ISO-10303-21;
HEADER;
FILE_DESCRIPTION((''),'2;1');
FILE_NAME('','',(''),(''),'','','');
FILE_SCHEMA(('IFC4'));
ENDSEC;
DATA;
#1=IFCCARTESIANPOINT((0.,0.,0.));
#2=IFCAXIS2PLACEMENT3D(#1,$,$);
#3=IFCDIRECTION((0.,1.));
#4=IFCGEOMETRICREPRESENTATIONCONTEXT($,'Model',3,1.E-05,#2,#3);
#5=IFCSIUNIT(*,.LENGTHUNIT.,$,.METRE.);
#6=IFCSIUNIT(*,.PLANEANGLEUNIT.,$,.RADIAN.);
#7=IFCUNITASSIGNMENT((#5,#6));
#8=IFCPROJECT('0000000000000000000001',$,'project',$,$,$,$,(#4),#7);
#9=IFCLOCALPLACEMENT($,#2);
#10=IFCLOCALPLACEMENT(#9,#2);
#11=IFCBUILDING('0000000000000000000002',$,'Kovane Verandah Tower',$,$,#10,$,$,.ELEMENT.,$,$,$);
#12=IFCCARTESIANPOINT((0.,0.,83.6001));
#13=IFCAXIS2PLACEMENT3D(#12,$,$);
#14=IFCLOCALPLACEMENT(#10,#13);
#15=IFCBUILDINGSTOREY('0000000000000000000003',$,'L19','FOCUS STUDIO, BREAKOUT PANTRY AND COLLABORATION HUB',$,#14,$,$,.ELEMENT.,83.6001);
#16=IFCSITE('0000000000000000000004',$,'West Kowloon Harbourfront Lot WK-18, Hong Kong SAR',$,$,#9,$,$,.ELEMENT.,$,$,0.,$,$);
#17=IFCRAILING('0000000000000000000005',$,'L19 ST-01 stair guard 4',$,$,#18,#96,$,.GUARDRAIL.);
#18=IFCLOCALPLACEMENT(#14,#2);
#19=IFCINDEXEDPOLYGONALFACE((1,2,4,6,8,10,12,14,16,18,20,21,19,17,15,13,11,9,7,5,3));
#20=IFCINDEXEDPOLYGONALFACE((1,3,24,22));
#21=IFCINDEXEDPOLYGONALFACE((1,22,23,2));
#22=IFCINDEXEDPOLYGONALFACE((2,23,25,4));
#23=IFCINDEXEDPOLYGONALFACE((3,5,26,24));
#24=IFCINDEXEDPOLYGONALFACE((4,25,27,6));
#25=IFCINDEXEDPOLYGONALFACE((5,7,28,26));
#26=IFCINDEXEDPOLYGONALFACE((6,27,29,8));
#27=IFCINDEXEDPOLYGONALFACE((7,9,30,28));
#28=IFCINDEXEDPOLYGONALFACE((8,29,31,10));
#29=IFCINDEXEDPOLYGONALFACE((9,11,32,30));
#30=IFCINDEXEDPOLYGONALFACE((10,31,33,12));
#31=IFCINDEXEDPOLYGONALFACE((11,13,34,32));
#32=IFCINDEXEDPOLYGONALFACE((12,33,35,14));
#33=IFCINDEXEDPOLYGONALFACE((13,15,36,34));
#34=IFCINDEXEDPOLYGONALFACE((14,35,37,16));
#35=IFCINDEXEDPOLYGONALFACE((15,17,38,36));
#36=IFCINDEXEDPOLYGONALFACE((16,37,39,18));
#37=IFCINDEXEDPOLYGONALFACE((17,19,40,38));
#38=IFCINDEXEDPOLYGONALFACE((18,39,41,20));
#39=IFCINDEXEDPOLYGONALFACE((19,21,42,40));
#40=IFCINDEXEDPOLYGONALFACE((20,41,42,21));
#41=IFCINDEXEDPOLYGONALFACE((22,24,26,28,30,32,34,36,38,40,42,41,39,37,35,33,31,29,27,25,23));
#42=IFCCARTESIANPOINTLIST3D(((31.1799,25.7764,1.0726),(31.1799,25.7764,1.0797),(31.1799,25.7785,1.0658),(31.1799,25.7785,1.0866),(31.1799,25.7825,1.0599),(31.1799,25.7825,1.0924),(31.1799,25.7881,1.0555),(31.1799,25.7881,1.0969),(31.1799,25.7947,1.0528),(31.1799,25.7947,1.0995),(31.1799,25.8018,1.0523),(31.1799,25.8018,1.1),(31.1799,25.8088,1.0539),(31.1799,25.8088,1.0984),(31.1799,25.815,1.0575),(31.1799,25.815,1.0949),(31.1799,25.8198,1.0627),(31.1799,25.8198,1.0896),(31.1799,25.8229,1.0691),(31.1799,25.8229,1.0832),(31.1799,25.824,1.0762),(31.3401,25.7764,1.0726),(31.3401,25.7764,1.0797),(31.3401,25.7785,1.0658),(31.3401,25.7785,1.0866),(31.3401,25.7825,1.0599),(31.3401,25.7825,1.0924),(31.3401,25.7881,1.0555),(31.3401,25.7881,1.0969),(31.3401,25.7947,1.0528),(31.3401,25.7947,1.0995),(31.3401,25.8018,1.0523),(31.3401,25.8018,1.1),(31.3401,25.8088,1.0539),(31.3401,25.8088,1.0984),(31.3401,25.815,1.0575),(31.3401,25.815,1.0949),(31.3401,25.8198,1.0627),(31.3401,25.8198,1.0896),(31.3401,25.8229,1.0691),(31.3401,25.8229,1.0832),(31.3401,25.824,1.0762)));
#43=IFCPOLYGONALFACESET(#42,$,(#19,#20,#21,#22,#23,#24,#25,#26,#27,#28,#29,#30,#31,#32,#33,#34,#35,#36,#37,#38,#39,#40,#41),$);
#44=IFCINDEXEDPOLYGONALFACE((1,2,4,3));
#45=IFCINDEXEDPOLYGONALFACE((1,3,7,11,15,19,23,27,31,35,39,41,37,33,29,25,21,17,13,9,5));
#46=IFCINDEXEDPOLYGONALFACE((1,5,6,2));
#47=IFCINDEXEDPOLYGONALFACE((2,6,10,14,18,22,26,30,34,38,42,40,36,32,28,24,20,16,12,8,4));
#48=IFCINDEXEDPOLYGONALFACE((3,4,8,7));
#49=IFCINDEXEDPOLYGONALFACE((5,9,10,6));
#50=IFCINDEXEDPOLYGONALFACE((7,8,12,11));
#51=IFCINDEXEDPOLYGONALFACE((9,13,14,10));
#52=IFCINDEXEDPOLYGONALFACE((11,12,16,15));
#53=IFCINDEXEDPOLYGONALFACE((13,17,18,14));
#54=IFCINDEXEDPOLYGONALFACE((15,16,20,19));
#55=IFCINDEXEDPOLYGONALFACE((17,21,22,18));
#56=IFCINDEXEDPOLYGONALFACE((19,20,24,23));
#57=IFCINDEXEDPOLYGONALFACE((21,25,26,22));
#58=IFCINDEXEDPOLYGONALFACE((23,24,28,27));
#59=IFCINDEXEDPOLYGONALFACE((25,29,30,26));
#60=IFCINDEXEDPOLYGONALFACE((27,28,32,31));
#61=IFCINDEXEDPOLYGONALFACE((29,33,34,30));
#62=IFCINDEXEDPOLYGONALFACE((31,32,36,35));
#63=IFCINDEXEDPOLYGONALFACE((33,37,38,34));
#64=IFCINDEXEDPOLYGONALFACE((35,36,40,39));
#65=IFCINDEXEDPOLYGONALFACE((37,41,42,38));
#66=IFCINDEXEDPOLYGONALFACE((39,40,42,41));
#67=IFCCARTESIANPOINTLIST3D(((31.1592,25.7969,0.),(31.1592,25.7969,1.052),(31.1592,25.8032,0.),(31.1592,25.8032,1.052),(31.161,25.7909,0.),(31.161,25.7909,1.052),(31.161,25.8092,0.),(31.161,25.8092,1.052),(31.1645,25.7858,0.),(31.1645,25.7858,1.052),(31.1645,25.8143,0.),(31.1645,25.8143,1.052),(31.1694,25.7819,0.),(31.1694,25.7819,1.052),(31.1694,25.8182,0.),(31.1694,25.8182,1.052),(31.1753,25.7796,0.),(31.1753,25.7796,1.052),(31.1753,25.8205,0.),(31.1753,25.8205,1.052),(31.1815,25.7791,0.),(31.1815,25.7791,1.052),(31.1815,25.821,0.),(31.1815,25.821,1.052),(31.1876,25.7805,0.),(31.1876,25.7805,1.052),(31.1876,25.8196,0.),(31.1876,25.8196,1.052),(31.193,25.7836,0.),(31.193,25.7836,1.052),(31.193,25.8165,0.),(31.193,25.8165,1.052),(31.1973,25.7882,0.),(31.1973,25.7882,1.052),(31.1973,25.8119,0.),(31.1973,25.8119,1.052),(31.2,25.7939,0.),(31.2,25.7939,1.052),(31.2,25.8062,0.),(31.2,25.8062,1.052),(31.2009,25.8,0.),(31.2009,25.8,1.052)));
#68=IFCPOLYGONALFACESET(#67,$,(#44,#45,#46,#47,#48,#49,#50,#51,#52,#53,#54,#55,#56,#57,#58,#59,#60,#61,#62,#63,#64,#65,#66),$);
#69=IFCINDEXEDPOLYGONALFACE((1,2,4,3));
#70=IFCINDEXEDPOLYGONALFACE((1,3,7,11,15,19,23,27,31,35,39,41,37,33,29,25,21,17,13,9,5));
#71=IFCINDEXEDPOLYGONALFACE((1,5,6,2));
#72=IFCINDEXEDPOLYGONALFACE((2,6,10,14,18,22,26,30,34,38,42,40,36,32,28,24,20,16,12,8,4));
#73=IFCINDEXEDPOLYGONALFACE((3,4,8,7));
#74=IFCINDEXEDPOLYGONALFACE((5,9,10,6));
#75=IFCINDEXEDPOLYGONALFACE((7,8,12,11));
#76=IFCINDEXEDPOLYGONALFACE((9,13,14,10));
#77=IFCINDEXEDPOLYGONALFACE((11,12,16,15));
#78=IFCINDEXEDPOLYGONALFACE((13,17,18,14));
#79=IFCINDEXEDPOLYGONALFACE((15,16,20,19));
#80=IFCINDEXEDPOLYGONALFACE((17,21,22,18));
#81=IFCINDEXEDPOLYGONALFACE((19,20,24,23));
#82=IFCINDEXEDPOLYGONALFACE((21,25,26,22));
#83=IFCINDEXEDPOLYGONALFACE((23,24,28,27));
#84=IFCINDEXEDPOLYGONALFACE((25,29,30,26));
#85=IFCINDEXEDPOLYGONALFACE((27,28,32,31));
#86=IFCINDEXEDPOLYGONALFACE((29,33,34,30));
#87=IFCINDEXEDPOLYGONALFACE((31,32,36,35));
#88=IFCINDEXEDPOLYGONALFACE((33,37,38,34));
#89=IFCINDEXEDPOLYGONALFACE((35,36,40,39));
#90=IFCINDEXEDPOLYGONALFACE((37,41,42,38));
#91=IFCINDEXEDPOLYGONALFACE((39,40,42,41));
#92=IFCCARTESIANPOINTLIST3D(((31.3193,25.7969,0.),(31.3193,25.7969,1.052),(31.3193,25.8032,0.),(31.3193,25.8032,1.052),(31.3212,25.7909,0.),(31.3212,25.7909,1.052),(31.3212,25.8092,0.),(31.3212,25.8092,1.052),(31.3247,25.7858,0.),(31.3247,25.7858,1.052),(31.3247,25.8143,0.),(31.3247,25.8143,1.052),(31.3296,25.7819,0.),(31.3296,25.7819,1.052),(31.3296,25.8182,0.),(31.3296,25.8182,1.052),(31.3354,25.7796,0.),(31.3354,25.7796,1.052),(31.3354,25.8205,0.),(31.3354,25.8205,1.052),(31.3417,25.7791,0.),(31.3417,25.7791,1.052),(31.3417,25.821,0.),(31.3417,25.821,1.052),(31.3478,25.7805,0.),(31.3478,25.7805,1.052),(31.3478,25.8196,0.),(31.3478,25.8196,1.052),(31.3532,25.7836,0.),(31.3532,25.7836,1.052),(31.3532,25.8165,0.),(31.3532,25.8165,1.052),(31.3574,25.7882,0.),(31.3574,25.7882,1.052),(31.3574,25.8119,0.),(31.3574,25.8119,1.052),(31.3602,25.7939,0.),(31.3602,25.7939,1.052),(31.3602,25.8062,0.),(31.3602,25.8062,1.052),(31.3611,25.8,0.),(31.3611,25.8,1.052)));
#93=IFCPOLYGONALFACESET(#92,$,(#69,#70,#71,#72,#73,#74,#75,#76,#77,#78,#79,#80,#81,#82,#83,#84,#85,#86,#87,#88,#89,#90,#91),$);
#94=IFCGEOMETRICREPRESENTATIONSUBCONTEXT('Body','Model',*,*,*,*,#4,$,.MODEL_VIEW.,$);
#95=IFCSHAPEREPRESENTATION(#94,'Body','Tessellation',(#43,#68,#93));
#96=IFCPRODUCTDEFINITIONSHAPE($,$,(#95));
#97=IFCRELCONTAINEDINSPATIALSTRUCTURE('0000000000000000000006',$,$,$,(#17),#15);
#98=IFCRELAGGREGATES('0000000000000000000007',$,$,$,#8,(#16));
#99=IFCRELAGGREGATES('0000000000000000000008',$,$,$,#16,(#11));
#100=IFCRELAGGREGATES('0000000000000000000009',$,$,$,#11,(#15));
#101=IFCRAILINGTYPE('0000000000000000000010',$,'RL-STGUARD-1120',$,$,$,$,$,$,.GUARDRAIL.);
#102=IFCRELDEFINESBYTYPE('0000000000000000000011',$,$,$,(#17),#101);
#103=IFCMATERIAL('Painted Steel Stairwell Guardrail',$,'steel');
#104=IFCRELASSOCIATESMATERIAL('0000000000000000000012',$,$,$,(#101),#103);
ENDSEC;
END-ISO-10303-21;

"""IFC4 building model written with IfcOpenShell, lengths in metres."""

from ifc_helpers import new_model, si_unit, direction, frame, origin, origin_2d, place, context, subcontext, project, spatial, circle, extrude, material, type_object, element, save


model = new_model("IFC4")

# Units and contexts
model_context = context("Model", 3, precision=1e-05, world=origin(), true_north=direction((0.0, 1.0)))
body_context = subcontext(model_context, "Body", "Model", "MODEL_VIEW")
ifc_project = project(units=[si_unit("LENGTHUNIT", "METRE"), si_unit("PLANEANGLEUNIT", "RADIAN")], contexts=[model_context])

# Site, building, storey
site_placement = place(None, origin())
site = spatial("IfcSite", under=ifc_project, at=site_placement, Name="West Kowloon Harbourfront Lot WK-18, Hong Kong SAR", CompositionType="ELEMENT", RefElevation=0.0)
building_placement = place(site_placement, origin())
building = spatial("IfcBuilding", under=site, at=building_placement, Name="Kovane Verandah Tower", CompositionType="ELEMENT")
storey_placement = place(building_placement, frame((0.0, 0.0, 83.6001)))
storey = spatial("IfcBuildingStorey", under=building, at=storey_placement, Name="L19", Description="FOCUS STUDIO, BREAKOUT PANTRY AND COLLABORATION HUB", CompositionType="ELEMENT", Elevation=83.6001)

# Railing
ifc_material_1 = material(Name="Painted Steel Stairwell Guardrail", Category="steel")
railing_type_1 = type_object("IfcRailingType", Name="RL-STGUARD-1120", PredefinedType="GUARDRAIL", material=ifc_material_1)
railing_1_placement = place(storey_placement, frame((31.1799, 25.8, 0.0)))
element("IfcRailing", 1, at=railing_1_placement, inside=storey, type_object=railing_type_1, Name="L19 ST-01 stair guard 4", PredefinedType="GUARDRAIL", context=body_context, shape_type="SweptSolid", body=[
    extrude(circle(Radius=0.0239, at=origin_2d()), frame((0.0, 0.0, 1.0762), z_axis=(1.0, 0.0, 0.0), x_axis=(0.0, 1.0, 0.0)), (0.0, 0.0, 1.0), 0.1602),
    extrude(circle(Radius=0.021, at=origin_2d()), origin(), (0.0, 0.0, 1.0), 1.052),
    extrude(circle(Radius=0.021, at=origin_2d()), frame((0.1602, 0.0, 0.0)), (0.0, 0.0, 1.0), 1.052),
])

save(model, "model.ifc")
